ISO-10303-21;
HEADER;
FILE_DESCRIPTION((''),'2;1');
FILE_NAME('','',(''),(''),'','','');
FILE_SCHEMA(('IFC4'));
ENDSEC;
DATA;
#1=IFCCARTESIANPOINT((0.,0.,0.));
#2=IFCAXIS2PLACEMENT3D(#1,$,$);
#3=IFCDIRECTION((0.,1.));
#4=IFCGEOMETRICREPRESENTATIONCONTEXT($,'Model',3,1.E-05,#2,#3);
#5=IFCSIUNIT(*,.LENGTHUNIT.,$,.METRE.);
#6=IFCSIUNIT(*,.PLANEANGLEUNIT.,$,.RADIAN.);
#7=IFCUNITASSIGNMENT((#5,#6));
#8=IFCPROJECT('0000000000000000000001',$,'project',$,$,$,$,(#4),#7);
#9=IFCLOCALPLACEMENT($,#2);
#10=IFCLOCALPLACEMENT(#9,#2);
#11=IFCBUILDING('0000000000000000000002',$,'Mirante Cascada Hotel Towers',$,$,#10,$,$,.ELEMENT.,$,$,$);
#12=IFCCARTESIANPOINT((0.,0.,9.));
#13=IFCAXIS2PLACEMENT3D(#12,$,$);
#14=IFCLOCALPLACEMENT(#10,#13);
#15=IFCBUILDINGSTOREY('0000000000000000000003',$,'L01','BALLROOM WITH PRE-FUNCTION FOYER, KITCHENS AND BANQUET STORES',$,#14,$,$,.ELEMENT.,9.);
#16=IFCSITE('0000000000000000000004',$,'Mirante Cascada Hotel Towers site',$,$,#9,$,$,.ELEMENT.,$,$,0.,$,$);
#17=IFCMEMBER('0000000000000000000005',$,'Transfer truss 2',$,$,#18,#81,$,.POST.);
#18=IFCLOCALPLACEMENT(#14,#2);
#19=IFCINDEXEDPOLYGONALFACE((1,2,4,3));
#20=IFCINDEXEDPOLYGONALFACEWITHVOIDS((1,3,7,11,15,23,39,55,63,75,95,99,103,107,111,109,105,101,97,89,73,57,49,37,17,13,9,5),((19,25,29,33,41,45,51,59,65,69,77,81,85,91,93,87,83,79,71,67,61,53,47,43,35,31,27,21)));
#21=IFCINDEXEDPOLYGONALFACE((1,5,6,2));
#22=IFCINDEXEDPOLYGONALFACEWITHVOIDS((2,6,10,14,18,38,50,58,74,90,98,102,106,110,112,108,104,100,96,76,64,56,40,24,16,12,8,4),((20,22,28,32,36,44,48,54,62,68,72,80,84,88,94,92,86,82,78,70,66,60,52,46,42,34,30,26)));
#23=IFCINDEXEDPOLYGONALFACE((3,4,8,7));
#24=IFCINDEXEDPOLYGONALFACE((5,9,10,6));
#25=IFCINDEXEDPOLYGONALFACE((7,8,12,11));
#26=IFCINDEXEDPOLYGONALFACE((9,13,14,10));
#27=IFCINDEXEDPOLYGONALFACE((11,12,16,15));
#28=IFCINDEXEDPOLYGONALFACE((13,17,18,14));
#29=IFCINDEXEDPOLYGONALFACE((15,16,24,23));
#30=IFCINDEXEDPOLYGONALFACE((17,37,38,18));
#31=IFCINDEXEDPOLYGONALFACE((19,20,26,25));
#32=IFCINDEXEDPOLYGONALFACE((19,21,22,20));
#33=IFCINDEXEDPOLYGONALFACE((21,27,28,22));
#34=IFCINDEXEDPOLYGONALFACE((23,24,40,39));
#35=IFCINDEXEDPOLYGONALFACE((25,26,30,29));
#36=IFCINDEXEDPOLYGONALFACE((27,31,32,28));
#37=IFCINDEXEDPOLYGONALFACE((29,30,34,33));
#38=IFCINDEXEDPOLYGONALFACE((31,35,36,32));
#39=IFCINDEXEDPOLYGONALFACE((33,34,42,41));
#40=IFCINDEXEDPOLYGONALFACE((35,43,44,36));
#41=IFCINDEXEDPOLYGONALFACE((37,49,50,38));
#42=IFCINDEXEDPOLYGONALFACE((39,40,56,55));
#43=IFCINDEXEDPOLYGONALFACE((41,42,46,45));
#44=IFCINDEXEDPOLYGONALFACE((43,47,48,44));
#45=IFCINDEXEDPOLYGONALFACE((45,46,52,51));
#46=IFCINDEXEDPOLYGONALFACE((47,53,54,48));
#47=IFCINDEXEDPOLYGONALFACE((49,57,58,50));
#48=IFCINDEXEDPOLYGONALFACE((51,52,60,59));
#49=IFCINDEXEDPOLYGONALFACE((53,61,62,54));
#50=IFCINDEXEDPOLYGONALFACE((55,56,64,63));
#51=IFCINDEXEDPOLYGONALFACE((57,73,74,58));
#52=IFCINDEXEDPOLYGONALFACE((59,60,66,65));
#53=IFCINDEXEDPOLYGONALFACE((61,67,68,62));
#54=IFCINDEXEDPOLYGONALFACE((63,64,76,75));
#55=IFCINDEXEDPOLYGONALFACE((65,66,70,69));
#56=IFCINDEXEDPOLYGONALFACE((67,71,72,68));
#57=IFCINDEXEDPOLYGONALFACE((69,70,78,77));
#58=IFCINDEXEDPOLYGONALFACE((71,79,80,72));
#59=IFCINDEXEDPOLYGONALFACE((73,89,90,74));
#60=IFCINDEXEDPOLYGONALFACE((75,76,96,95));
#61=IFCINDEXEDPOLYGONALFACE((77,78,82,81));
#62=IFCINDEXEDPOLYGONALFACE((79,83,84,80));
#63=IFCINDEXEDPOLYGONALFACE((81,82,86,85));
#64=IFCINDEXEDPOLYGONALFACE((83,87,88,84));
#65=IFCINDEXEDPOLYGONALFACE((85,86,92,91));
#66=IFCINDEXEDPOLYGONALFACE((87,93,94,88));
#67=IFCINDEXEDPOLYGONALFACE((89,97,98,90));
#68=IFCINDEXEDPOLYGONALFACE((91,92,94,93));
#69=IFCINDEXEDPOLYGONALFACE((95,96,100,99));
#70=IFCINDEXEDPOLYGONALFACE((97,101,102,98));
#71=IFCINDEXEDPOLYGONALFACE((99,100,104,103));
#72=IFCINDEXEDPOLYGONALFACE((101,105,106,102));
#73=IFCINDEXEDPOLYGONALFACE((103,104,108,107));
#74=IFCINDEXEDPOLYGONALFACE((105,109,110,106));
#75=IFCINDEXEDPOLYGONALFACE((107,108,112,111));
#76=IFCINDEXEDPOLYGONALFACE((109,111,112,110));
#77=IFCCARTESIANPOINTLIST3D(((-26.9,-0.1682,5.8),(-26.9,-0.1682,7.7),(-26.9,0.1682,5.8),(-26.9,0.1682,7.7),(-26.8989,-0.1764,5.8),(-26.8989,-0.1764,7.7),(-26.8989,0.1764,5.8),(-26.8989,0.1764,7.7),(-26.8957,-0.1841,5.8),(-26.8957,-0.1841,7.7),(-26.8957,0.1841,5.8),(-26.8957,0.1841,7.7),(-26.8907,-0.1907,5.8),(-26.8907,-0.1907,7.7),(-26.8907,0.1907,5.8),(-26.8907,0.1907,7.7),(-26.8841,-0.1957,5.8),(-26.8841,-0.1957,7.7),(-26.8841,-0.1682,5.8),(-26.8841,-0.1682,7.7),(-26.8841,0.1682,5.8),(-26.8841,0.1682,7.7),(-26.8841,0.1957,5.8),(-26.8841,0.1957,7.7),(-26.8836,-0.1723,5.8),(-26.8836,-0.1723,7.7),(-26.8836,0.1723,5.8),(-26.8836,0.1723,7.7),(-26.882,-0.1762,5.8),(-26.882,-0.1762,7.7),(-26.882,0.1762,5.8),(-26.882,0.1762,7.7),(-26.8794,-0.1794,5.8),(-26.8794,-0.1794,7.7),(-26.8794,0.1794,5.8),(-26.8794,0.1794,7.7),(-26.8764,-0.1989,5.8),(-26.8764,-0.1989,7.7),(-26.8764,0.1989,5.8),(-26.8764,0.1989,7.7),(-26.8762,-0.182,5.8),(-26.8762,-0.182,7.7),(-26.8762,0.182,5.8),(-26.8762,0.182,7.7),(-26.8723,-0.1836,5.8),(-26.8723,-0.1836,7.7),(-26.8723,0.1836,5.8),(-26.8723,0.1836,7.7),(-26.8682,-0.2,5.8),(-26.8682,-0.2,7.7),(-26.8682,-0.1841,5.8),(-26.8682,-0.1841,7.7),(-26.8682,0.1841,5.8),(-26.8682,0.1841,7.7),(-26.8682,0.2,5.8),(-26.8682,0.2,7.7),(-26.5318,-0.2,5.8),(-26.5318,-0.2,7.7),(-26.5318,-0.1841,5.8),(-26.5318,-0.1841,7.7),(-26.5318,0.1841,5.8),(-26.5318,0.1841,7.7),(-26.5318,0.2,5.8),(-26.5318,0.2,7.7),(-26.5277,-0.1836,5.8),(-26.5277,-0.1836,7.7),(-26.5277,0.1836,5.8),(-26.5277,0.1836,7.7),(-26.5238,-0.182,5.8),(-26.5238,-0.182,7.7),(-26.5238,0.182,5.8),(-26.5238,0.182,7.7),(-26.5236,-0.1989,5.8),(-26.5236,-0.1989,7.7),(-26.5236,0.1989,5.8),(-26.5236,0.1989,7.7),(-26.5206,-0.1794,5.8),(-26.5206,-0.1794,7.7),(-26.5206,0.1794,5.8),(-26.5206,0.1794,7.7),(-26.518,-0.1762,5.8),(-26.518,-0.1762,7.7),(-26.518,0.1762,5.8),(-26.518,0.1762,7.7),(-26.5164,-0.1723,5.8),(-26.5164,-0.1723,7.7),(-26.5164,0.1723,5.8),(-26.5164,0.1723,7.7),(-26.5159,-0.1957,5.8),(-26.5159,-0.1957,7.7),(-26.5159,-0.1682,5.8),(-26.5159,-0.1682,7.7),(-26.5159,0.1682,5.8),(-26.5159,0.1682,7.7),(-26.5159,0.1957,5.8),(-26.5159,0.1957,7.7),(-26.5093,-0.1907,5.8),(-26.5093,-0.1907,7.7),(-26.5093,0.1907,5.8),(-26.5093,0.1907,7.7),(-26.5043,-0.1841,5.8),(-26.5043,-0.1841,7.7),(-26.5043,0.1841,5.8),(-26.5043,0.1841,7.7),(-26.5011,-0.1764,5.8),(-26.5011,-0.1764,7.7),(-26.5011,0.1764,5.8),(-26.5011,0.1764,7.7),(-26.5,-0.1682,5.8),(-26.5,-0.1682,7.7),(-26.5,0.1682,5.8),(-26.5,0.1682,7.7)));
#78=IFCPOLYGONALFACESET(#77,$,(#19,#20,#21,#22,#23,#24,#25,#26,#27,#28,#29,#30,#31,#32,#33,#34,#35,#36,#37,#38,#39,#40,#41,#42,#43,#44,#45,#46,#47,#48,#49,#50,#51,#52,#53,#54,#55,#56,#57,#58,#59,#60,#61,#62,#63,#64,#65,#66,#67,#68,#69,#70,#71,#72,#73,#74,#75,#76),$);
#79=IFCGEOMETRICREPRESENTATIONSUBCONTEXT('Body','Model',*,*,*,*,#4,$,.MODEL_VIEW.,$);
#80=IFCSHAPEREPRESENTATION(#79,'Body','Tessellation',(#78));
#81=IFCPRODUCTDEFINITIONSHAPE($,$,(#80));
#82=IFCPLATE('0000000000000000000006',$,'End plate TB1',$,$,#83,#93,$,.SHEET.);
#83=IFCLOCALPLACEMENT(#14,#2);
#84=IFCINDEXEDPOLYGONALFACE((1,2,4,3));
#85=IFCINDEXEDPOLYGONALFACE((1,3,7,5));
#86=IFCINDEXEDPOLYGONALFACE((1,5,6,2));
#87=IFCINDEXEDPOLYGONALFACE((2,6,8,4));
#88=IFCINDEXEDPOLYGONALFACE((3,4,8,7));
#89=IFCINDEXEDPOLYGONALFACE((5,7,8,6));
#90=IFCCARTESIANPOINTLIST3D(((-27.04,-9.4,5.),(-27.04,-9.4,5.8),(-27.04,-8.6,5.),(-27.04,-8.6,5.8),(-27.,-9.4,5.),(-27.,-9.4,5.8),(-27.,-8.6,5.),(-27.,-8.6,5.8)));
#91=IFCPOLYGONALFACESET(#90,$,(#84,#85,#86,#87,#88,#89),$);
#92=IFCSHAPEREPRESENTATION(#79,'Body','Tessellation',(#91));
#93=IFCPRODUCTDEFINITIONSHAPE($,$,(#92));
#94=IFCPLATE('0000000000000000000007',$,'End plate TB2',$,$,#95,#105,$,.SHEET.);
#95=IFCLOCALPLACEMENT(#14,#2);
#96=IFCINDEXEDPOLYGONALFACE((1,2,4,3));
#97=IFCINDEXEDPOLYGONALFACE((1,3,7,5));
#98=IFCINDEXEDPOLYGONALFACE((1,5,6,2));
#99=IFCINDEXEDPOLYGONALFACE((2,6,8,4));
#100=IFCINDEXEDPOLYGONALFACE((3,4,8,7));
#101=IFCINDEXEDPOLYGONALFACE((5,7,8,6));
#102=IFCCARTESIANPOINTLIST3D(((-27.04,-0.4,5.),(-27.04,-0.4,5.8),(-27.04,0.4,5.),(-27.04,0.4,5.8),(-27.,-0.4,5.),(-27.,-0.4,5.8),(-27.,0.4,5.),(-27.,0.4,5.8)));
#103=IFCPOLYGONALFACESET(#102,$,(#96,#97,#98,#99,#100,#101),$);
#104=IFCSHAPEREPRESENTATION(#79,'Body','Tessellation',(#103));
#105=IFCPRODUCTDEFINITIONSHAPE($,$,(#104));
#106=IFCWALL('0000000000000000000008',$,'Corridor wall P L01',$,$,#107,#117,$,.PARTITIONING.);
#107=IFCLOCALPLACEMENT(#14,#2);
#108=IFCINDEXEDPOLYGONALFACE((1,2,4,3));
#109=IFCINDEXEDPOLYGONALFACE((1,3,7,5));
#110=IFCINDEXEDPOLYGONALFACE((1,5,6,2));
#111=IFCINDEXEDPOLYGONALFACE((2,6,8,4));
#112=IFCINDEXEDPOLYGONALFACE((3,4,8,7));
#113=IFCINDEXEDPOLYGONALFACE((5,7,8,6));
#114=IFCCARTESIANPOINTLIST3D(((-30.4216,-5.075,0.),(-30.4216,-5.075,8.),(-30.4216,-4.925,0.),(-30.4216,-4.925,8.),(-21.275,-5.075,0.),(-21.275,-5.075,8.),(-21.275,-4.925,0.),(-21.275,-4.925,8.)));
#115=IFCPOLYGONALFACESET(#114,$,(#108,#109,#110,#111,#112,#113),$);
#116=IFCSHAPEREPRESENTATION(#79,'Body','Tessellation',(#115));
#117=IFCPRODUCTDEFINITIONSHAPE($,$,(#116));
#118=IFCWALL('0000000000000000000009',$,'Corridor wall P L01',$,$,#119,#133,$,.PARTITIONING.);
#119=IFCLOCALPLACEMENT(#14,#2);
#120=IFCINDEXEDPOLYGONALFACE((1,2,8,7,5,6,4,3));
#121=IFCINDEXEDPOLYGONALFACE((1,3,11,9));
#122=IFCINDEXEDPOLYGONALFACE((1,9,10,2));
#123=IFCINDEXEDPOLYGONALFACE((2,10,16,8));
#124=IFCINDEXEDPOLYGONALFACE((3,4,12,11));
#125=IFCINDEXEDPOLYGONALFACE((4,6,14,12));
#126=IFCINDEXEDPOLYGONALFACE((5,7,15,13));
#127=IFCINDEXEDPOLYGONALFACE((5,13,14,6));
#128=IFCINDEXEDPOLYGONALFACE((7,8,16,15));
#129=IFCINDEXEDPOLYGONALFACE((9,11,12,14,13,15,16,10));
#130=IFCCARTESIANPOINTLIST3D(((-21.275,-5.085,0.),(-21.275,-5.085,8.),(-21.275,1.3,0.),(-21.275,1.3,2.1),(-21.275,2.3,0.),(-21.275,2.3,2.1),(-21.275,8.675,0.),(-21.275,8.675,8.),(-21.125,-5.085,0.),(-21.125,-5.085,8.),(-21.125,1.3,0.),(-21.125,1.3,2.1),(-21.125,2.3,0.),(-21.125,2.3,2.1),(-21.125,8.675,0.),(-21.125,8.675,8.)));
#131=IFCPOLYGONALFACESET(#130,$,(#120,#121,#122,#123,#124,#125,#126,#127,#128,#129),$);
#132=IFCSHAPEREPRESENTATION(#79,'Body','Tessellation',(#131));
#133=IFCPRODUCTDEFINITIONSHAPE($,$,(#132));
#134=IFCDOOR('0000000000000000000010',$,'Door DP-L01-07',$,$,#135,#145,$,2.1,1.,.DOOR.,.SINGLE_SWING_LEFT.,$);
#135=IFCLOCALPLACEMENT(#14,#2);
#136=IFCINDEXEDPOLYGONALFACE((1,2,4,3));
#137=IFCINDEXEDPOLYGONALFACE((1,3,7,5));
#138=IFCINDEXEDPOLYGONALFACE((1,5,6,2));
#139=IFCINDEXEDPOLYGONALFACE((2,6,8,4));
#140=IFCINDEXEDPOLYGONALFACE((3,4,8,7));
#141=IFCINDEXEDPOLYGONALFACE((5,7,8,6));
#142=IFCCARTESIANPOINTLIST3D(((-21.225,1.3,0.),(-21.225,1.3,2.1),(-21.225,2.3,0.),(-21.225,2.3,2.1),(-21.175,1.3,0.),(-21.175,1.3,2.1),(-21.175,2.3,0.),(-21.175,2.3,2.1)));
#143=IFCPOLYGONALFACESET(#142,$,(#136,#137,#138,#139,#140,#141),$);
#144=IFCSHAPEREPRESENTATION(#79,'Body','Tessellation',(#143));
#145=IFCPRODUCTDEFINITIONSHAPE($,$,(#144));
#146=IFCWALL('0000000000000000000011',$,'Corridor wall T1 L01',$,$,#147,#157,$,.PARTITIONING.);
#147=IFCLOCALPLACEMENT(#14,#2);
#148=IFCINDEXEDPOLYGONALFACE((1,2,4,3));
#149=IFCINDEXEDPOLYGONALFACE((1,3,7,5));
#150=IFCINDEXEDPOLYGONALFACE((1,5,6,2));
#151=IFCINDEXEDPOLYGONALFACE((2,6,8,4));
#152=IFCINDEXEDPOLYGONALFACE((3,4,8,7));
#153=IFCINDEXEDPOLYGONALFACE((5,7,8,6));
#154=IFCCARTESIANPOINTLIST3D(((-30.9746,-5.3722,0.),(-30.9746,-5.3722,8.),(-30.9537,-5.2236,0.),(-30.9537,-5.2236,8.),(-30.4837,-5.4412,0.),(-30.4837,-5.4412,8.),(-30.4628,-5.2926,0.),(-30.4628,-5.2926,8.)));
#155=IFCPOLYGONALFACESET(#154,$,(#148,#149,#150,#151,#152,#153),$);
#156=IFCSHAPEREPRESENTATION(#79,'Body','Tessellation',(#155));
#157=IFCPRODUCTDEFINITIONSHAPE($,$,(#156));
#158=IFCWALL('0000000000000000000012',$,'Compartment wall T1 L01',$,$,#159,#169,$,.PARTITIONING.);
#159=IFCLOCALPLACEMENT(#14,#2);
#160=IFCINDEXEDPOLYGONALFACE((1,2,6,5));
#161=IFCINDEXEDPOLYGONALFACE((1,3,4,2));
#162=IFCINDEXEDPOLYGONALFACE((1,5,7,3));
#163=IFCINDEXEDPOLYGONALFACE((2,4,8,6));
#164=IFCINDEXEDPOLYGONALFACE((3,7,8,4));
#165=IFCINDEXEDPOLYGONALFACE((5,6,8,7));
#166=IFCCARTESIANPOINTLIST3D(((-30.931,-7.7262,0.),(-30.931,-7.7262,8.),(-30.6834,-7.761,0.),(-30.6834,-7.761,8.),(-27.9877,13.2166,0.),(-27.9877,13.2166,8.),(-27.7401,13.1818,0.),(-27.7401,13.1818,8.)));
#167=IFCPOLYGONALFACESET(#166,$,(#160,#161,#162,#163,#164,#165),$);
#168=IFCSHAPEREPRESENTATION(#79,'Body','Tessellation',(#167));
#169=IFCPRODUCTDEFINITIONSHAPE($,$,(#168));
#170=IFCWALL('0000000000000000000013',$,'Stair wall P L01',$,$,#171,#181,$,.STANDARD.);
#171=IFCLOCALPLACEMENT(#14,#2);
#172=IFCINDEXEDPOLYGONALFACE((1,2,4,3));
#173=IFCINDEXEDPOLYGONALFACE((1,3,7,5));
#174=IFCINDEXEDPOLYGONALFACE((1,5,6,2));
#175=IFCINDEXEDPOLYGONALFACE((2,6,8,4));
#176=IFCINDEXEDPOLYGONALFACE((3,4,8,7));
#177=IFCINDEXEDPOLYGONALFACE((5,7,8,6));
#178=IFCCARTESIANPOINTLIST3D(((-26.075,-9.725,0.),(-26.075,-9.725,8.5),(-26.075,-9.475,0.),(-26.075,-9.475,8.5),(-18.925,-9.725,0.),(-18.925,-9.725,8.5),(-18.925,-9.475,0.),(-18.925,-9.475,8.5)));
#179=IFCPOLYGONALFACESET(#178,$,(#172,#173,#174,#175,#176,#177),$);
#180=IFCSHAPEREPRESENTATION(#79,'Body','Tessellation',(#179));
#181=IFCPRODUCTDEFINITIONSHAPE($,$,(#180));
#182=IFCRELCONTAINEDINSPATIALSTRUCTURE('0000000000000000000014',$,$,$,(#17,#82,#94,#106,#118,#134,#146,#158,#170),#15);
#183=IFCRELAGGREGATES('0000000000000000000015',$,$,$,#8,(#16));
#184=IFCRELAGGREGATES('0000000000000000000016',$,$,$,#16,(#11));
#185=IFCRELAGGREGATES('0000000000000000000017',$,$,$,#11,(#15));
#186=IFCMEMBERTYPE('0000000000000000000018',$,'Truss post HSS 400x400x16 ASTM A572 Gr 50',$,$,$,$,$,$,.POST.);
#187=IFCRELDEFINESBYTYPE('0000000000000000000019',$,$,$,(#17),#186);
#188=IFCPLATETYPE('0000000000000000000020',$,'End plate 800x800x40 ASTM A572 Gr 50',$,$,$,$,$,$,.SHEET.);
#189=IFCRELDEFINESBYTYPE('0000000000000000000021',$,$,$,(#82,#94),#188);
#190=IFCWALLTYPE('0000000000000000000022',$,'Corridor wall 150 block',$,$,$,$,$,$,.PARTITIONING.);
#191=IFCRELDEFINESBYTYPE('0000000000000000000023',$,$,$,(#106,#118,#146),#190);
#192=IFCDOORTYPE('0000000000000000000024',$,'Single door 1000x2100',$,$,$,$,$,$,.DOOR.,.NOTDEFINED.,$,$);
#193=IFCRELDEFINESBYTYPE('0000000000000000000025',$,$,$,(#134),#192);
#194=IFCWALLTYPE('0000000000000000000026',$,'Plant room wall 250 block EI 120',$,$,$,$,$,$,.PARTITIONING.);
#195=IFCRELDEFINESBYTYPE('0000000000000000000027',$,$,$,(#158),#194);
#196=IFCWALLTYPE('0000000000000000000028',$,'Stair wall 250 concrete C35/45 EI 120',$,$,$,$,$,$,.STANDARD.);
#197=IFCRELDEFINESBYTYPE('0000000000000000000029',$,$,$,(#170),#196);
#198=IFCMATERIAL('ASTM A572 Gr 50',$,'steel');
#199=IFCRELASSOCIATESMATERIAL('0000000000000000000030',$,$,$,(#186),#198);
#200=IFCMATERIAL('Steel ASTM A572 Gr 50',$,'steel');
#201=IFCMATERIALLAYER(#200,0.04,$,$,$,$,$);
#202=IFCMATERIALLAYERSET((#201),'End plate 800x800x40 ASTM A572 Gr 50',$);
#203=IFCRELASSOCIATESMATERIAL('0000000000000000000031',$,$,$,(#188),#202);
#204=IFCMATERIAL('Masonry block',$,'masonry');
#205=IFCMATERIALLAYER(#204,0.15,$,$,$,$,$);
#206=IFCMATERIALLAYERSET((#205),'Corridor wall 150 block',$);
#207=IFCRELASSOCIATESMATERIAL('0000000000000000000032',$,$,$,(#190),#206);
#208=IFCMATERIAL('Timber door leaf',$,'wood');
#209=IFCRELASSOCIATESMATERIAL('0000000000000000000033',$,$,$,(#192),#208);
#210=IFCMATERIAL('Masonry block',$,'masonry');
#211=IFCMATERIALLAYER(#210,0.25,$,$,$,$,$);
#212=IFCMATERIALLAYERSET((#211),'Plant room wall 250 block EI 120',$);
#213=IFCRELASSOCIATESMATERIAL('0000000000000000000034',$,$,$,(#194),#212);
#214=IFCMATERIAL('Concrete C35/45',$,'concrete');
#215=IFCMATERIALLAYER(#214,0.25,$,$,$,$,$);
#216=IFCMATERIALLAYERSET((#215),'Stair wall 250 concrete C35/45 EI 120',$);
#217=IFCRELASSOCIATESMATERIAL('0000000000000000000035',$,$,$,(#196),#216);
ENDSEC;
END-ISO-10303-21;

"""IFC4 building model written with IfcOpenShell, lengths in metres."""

from ifc_helpers import new_model, si_unit, direction, frame, frame_2d, origin, origin_2d, place, context, subcontext, project, spatial, rectangle, hollow_rectangle, extrude, material, layer, layer_set, material_profile, profile_set, type_object, element, fill, save


model = new_model("IFC4")

# Units and contexts
model_context = context("Model", 3, precision=1e-05, world=origin(), true_north=direction((0.0, 1.0)))
body_context = subcontext(model_context, "Body", "Model", "MODEL_VIEW")
ifc_project = project(units=[si_unit("LENGTHUNIT", "METRE"), si_unit("PLANEANGLEUNIT", "RADIAN")], contexts=[model_context])

# Site, building, storey
site_placement = place(None, origin())
site = spatial("IfcSite", under=ifc_project, at=site_placement, Name="Mirante Cascada Hotel Towers site", CompositionType="ELEMENT", RefElevation=0.0)
building_placement = place(site_placement, origin())
building = spatial("IfcBuilding", under=site, at=building_placement, Name="Mirante Cascada Hotel Towers", CompositionType="ELEMENT")
storey_placement = place(building_placement, frame((0.0, 0.0, 9.0)))
storey = spatial("IfcBuildingStorey", under=building, at=storey_placement, Name="L01", Description="BALLROOM WITH PRE-FUNCTION FOYER, KITCHENS AND BANQUET STORES", CompositionType="ELEMENT", Elevation=9.0)

# Member
ifc_material_1 = material(Name="ASTM A572 Gr 50", Category="steel")
ifc_material_profile_1 = material_profile(ifc_material_1, hollow_rectangle(XDim=0.4, YDim=0.4, WallThickness=0.0159, InnerFilletRadius=0.0159, OuterFilletRadius=0.0318, at=origin_2d()), Name="HSS 400x400x16")
ifc_profile_set_1 = profile_set([ifc_material_profile_1], Name="ASTM A572 Gr 50")
member_type_1 = type_object("IfcMemberType", Name="Truss post HSS 400x400x16 ASTM A572 Gr 50", PredefinedType="POST", material=ifc_profile_set_1)
for number, where, z_axis, x_axis, name in (
    (1, (-26.7, 0.0, 5.8), (0.0, 0.0, 1.0), (1.0, 0.0, 0.0), "Transfer truss 2"),
):
    element("IfcMember", number, at=place(storey_placement, frame(where, z_axis=z_axis, x_axis=x_axis)), inside=storey, type_object=member_type_1, Name=name, PredefinedType="POST", context=body_context, shape_type="SweptSolid", body=[
        extrude(hollow_rectangle(XDim=0.4, YDim=0.4, WallThickness=0.0159, InnerFilletRadius=0.0159, OuterFilletRadius=0.0318, at=origin_2d()), origin(), (0.0, 0.0, 1.0), 1.9),
    ])

# Plates
ifc_material_2 = material(Name="Steel ASTM A572 Gr 50", Category="steel")
ifc_layer_1 = layer(ifc_material_2, 0.04)
ifc_layer_set_1 = layer_set([ifc_layer_1], Name="End plate 800x800x40 ASTM A572 Gr 50")
plate_type = type_object("IfcPlateType", Name="End plate 800x800x40 ASTM A572 Gr 50", PredefinedType="SHEET", material=ifc_layer_set_1)
for number, where, z_axis, x_axis, name in (
    (2, (-27.02, -9.0, 5.0), (0.0, 0.0, 1.0), (1.0, 0.0, 0.0), "End plate TB1"),
    (3, (-27.02, 0.0, 5.0), (0.0, 0.0, 1.0), (1.0, 0.0, 0.0), "End plate TB2"),
):
    element("IfcPlate", number, at=place(storey_placement, frame(where, z_axis=z_axis, x_axis=x_axis)), inside=storey, type_object=plate_type, Name=name, PredefinedType="SHEET", context=body_context, shape_type="SweptSolid", body=[
        extrude(rectangle(XDim=0.04, YDim=0.8, at=origin_2d()), origin(), (0.0, 0.0, 1.0), 0.8),
    ])

# Wall
ifc_material_3 = material(Name="Masonry block", Category="masonry")
ifc_layer_2 = layer(ifc_material_3, 0.15)
ifc_layer_set_2 = layer_set([ifc_layer_2], Name="Corridor wall 150 block")
wall_type_1 = type_object("IfcWallType", Name="Corridor wall 150 block", PredefinedType="PARTITIONING", material=ifc_layer_set_2)
wall_1_placement = place(storey_placement, frame((-30.4216, -5.0, 0.0), z_axis=(0.0, 0.0, 1.0), x_axis=(1.0, 0.0, 0.0)))
element("IfcWall", 4, at=wall_1_placement, inside=storey, type_object=wall_type_1, Name="Corridor wall P L01", PredefinedType="PARTITIONING", context=body_context, shape_type="SweptSolid", body=[
    extrude(rectangle(XDim=9.1466, YDim=0.15, at=frame_2d((4.5733, 0.0))), origin(), (0.0, 0.0, 1.0), 8.0),
])

# Wall, opening, door
wall_2_placement = place(storey_placement, frame((-21.2, -5.085, 0.0), z_axis=(0.0, 0.0, 1.0), x_axis=(0.0, 1.0, 0.0)))
wall_2 = element("IfcWall", 5, at=wall_2_placement, inside=storey, type_object=wall_type_1, Name="Corridor wall P L01", PredefinedType="PARTITIONING", context=body_context, shape_type="SweptSolid", body=[
    extrude(rectangle(XDim=13.76, YDim=0.15, at=frame_2d((6.88, 0.0))), origin(), (0.0, 0.0, 1.0), 8.0),
])
opening_placement = place(wall_2_placement, frame((6.385, 0.0, 0.0)))
opening = element("IfcOpeningElement", 6, at=opening_placement, cuts=wall_2, PredefinedType="OPENING", context=body_context, shape_type="SweptSolid", body=[
    extrude(rectangle(XDim=1.0, YDim=2.1, at=frame_2d((0.5, 1.05))), frame((0.0, 0.075, 0.0), z_axis=(0.0, -1.0, 0.0), x_axis=(1.0, 0.0, 0.0)), (0.0, 0.0, 1.0), 0.15),
])
ifc_material_4 = material(Name="Timber door leaf", Category="wood")
door_type = type_object("IfcDoorType", Name="Single door 1000x2100", OperationType="NOTDEFINED", PredefinedType="DOOR", material=ifc_material_4)
door_placement = place(opening_placement, origin())
door = element("IfcDoor", 7, at=door_placement, inside=storey, type_object=door_type, Name="Door DP-L01-07", OperationType="SINGLE_SWING_LEFT", OverallHeight=2.1, OverallWidth=1.0, PredefinedType="DOOR", context=body_context, shape_type="SweptSolid", body=[
    extrude(rectangle(XDim=1.0, YDim=2.1, at=frame_2d((0.5, 1.05))), frame((0.0, 0.025, 0.0), z_axis=(0.0, -1.0, 0.0), x_axis=(1.0, 0.0, 0.0)), (0.0, 0.0, 1.0), 0.05),
])
fill(opening, door)

# Walls
wall_3_placement = place(storey_placement, frame((-30.9641, -5.2979, 0.0), z_axis=(0.0, 0.0, 1.0), x_axis=(0.990266, -0.13919, 0.0)))
element("IfcWall", 8, at=wall_3_placement, inside=storey, type_object=wall_type_1, Name="Corridor wall T1 L01", PredefinedType="PARTITIONING", context=body_context, shape_type="SweptSolid", body=[
    extrude(rectangle(XDim=0.4957, YDim=0.15, at=frame_2d((0.2478, 0.0))), origin(), (0.0, 0.0, 1.0), 8.0),
])
ifc_material_5 = material(Name="Masonry block", Category="masonry")
ifc_layer_3 = layer(ifc_material_5, 0.25)
ifc_layer_set_3 = layer_set([ifc_layer_3], Name="Plant room wall 250 block EI 120")
wall_type_2 = type_object("IfcWallType", Name="Plant room wall 250 block EI 120", PredefinedType="PARTITIONING", material=ifc_layer_set_3)
wall_4_placement = place(storey_placement, frame((-30.8072, -7.7436, 0.0), z_axis=(0.0, 0.0, 1.0), x_axis=(0.139172, 0.990268, 0.0)))
element("IfcWall", 9, at=wall_4_placement, inside=storey, type_object=wall_type_2, Name="Compartment wall T1 L01", PredefinedType="PARTITIONING", context=body_context, shape_type="SweptSolid", body=[
    extrude(rectangle(XDim=21.1486, YDim=0.25, at=frame_2d((10.5743, 0.0))), origin(), (0.0, 0.0, 1.0), 8.0),
])
ifc_material_6 = material(Name="Concrete C35/45", Category="concrete")
ifc_layer_4 = layer(ifc_material_6, 0.25)
ifc_layer_set_4 = layer_set([ifc_layer_4], Name="Stair wall 250 concrete C35/45 EI 120")
wall_type_3 = type_object("IfcWallType", Name="Stair wall 250 concrete C35/45 EI 120", PredefinedType="STANDARD", material=ifc_layer_set_4)
wall_5_placement = place(storey_placement, frame((-26.075, -9.6, 0.0), z_axis=(0.0, 0.0, 1.0), x_axis=(1.0, 0.0, 0.0)))
element("IfcWall", 10, at=wall_5_placement, inside=storey, type_object=wall_type_3, Name="Stair wall P L01", PredefinedType="STANDARD", context=body_context, shape_type="SweptSolid", body=[
    extrude(rectangle(XDim=7.15, YDim=0.25, at=frame_2d((3.575, 0.0))), origin(), (0.0, 0.0, 1.0), 8.5),
])

save(model, "model.ifc")
